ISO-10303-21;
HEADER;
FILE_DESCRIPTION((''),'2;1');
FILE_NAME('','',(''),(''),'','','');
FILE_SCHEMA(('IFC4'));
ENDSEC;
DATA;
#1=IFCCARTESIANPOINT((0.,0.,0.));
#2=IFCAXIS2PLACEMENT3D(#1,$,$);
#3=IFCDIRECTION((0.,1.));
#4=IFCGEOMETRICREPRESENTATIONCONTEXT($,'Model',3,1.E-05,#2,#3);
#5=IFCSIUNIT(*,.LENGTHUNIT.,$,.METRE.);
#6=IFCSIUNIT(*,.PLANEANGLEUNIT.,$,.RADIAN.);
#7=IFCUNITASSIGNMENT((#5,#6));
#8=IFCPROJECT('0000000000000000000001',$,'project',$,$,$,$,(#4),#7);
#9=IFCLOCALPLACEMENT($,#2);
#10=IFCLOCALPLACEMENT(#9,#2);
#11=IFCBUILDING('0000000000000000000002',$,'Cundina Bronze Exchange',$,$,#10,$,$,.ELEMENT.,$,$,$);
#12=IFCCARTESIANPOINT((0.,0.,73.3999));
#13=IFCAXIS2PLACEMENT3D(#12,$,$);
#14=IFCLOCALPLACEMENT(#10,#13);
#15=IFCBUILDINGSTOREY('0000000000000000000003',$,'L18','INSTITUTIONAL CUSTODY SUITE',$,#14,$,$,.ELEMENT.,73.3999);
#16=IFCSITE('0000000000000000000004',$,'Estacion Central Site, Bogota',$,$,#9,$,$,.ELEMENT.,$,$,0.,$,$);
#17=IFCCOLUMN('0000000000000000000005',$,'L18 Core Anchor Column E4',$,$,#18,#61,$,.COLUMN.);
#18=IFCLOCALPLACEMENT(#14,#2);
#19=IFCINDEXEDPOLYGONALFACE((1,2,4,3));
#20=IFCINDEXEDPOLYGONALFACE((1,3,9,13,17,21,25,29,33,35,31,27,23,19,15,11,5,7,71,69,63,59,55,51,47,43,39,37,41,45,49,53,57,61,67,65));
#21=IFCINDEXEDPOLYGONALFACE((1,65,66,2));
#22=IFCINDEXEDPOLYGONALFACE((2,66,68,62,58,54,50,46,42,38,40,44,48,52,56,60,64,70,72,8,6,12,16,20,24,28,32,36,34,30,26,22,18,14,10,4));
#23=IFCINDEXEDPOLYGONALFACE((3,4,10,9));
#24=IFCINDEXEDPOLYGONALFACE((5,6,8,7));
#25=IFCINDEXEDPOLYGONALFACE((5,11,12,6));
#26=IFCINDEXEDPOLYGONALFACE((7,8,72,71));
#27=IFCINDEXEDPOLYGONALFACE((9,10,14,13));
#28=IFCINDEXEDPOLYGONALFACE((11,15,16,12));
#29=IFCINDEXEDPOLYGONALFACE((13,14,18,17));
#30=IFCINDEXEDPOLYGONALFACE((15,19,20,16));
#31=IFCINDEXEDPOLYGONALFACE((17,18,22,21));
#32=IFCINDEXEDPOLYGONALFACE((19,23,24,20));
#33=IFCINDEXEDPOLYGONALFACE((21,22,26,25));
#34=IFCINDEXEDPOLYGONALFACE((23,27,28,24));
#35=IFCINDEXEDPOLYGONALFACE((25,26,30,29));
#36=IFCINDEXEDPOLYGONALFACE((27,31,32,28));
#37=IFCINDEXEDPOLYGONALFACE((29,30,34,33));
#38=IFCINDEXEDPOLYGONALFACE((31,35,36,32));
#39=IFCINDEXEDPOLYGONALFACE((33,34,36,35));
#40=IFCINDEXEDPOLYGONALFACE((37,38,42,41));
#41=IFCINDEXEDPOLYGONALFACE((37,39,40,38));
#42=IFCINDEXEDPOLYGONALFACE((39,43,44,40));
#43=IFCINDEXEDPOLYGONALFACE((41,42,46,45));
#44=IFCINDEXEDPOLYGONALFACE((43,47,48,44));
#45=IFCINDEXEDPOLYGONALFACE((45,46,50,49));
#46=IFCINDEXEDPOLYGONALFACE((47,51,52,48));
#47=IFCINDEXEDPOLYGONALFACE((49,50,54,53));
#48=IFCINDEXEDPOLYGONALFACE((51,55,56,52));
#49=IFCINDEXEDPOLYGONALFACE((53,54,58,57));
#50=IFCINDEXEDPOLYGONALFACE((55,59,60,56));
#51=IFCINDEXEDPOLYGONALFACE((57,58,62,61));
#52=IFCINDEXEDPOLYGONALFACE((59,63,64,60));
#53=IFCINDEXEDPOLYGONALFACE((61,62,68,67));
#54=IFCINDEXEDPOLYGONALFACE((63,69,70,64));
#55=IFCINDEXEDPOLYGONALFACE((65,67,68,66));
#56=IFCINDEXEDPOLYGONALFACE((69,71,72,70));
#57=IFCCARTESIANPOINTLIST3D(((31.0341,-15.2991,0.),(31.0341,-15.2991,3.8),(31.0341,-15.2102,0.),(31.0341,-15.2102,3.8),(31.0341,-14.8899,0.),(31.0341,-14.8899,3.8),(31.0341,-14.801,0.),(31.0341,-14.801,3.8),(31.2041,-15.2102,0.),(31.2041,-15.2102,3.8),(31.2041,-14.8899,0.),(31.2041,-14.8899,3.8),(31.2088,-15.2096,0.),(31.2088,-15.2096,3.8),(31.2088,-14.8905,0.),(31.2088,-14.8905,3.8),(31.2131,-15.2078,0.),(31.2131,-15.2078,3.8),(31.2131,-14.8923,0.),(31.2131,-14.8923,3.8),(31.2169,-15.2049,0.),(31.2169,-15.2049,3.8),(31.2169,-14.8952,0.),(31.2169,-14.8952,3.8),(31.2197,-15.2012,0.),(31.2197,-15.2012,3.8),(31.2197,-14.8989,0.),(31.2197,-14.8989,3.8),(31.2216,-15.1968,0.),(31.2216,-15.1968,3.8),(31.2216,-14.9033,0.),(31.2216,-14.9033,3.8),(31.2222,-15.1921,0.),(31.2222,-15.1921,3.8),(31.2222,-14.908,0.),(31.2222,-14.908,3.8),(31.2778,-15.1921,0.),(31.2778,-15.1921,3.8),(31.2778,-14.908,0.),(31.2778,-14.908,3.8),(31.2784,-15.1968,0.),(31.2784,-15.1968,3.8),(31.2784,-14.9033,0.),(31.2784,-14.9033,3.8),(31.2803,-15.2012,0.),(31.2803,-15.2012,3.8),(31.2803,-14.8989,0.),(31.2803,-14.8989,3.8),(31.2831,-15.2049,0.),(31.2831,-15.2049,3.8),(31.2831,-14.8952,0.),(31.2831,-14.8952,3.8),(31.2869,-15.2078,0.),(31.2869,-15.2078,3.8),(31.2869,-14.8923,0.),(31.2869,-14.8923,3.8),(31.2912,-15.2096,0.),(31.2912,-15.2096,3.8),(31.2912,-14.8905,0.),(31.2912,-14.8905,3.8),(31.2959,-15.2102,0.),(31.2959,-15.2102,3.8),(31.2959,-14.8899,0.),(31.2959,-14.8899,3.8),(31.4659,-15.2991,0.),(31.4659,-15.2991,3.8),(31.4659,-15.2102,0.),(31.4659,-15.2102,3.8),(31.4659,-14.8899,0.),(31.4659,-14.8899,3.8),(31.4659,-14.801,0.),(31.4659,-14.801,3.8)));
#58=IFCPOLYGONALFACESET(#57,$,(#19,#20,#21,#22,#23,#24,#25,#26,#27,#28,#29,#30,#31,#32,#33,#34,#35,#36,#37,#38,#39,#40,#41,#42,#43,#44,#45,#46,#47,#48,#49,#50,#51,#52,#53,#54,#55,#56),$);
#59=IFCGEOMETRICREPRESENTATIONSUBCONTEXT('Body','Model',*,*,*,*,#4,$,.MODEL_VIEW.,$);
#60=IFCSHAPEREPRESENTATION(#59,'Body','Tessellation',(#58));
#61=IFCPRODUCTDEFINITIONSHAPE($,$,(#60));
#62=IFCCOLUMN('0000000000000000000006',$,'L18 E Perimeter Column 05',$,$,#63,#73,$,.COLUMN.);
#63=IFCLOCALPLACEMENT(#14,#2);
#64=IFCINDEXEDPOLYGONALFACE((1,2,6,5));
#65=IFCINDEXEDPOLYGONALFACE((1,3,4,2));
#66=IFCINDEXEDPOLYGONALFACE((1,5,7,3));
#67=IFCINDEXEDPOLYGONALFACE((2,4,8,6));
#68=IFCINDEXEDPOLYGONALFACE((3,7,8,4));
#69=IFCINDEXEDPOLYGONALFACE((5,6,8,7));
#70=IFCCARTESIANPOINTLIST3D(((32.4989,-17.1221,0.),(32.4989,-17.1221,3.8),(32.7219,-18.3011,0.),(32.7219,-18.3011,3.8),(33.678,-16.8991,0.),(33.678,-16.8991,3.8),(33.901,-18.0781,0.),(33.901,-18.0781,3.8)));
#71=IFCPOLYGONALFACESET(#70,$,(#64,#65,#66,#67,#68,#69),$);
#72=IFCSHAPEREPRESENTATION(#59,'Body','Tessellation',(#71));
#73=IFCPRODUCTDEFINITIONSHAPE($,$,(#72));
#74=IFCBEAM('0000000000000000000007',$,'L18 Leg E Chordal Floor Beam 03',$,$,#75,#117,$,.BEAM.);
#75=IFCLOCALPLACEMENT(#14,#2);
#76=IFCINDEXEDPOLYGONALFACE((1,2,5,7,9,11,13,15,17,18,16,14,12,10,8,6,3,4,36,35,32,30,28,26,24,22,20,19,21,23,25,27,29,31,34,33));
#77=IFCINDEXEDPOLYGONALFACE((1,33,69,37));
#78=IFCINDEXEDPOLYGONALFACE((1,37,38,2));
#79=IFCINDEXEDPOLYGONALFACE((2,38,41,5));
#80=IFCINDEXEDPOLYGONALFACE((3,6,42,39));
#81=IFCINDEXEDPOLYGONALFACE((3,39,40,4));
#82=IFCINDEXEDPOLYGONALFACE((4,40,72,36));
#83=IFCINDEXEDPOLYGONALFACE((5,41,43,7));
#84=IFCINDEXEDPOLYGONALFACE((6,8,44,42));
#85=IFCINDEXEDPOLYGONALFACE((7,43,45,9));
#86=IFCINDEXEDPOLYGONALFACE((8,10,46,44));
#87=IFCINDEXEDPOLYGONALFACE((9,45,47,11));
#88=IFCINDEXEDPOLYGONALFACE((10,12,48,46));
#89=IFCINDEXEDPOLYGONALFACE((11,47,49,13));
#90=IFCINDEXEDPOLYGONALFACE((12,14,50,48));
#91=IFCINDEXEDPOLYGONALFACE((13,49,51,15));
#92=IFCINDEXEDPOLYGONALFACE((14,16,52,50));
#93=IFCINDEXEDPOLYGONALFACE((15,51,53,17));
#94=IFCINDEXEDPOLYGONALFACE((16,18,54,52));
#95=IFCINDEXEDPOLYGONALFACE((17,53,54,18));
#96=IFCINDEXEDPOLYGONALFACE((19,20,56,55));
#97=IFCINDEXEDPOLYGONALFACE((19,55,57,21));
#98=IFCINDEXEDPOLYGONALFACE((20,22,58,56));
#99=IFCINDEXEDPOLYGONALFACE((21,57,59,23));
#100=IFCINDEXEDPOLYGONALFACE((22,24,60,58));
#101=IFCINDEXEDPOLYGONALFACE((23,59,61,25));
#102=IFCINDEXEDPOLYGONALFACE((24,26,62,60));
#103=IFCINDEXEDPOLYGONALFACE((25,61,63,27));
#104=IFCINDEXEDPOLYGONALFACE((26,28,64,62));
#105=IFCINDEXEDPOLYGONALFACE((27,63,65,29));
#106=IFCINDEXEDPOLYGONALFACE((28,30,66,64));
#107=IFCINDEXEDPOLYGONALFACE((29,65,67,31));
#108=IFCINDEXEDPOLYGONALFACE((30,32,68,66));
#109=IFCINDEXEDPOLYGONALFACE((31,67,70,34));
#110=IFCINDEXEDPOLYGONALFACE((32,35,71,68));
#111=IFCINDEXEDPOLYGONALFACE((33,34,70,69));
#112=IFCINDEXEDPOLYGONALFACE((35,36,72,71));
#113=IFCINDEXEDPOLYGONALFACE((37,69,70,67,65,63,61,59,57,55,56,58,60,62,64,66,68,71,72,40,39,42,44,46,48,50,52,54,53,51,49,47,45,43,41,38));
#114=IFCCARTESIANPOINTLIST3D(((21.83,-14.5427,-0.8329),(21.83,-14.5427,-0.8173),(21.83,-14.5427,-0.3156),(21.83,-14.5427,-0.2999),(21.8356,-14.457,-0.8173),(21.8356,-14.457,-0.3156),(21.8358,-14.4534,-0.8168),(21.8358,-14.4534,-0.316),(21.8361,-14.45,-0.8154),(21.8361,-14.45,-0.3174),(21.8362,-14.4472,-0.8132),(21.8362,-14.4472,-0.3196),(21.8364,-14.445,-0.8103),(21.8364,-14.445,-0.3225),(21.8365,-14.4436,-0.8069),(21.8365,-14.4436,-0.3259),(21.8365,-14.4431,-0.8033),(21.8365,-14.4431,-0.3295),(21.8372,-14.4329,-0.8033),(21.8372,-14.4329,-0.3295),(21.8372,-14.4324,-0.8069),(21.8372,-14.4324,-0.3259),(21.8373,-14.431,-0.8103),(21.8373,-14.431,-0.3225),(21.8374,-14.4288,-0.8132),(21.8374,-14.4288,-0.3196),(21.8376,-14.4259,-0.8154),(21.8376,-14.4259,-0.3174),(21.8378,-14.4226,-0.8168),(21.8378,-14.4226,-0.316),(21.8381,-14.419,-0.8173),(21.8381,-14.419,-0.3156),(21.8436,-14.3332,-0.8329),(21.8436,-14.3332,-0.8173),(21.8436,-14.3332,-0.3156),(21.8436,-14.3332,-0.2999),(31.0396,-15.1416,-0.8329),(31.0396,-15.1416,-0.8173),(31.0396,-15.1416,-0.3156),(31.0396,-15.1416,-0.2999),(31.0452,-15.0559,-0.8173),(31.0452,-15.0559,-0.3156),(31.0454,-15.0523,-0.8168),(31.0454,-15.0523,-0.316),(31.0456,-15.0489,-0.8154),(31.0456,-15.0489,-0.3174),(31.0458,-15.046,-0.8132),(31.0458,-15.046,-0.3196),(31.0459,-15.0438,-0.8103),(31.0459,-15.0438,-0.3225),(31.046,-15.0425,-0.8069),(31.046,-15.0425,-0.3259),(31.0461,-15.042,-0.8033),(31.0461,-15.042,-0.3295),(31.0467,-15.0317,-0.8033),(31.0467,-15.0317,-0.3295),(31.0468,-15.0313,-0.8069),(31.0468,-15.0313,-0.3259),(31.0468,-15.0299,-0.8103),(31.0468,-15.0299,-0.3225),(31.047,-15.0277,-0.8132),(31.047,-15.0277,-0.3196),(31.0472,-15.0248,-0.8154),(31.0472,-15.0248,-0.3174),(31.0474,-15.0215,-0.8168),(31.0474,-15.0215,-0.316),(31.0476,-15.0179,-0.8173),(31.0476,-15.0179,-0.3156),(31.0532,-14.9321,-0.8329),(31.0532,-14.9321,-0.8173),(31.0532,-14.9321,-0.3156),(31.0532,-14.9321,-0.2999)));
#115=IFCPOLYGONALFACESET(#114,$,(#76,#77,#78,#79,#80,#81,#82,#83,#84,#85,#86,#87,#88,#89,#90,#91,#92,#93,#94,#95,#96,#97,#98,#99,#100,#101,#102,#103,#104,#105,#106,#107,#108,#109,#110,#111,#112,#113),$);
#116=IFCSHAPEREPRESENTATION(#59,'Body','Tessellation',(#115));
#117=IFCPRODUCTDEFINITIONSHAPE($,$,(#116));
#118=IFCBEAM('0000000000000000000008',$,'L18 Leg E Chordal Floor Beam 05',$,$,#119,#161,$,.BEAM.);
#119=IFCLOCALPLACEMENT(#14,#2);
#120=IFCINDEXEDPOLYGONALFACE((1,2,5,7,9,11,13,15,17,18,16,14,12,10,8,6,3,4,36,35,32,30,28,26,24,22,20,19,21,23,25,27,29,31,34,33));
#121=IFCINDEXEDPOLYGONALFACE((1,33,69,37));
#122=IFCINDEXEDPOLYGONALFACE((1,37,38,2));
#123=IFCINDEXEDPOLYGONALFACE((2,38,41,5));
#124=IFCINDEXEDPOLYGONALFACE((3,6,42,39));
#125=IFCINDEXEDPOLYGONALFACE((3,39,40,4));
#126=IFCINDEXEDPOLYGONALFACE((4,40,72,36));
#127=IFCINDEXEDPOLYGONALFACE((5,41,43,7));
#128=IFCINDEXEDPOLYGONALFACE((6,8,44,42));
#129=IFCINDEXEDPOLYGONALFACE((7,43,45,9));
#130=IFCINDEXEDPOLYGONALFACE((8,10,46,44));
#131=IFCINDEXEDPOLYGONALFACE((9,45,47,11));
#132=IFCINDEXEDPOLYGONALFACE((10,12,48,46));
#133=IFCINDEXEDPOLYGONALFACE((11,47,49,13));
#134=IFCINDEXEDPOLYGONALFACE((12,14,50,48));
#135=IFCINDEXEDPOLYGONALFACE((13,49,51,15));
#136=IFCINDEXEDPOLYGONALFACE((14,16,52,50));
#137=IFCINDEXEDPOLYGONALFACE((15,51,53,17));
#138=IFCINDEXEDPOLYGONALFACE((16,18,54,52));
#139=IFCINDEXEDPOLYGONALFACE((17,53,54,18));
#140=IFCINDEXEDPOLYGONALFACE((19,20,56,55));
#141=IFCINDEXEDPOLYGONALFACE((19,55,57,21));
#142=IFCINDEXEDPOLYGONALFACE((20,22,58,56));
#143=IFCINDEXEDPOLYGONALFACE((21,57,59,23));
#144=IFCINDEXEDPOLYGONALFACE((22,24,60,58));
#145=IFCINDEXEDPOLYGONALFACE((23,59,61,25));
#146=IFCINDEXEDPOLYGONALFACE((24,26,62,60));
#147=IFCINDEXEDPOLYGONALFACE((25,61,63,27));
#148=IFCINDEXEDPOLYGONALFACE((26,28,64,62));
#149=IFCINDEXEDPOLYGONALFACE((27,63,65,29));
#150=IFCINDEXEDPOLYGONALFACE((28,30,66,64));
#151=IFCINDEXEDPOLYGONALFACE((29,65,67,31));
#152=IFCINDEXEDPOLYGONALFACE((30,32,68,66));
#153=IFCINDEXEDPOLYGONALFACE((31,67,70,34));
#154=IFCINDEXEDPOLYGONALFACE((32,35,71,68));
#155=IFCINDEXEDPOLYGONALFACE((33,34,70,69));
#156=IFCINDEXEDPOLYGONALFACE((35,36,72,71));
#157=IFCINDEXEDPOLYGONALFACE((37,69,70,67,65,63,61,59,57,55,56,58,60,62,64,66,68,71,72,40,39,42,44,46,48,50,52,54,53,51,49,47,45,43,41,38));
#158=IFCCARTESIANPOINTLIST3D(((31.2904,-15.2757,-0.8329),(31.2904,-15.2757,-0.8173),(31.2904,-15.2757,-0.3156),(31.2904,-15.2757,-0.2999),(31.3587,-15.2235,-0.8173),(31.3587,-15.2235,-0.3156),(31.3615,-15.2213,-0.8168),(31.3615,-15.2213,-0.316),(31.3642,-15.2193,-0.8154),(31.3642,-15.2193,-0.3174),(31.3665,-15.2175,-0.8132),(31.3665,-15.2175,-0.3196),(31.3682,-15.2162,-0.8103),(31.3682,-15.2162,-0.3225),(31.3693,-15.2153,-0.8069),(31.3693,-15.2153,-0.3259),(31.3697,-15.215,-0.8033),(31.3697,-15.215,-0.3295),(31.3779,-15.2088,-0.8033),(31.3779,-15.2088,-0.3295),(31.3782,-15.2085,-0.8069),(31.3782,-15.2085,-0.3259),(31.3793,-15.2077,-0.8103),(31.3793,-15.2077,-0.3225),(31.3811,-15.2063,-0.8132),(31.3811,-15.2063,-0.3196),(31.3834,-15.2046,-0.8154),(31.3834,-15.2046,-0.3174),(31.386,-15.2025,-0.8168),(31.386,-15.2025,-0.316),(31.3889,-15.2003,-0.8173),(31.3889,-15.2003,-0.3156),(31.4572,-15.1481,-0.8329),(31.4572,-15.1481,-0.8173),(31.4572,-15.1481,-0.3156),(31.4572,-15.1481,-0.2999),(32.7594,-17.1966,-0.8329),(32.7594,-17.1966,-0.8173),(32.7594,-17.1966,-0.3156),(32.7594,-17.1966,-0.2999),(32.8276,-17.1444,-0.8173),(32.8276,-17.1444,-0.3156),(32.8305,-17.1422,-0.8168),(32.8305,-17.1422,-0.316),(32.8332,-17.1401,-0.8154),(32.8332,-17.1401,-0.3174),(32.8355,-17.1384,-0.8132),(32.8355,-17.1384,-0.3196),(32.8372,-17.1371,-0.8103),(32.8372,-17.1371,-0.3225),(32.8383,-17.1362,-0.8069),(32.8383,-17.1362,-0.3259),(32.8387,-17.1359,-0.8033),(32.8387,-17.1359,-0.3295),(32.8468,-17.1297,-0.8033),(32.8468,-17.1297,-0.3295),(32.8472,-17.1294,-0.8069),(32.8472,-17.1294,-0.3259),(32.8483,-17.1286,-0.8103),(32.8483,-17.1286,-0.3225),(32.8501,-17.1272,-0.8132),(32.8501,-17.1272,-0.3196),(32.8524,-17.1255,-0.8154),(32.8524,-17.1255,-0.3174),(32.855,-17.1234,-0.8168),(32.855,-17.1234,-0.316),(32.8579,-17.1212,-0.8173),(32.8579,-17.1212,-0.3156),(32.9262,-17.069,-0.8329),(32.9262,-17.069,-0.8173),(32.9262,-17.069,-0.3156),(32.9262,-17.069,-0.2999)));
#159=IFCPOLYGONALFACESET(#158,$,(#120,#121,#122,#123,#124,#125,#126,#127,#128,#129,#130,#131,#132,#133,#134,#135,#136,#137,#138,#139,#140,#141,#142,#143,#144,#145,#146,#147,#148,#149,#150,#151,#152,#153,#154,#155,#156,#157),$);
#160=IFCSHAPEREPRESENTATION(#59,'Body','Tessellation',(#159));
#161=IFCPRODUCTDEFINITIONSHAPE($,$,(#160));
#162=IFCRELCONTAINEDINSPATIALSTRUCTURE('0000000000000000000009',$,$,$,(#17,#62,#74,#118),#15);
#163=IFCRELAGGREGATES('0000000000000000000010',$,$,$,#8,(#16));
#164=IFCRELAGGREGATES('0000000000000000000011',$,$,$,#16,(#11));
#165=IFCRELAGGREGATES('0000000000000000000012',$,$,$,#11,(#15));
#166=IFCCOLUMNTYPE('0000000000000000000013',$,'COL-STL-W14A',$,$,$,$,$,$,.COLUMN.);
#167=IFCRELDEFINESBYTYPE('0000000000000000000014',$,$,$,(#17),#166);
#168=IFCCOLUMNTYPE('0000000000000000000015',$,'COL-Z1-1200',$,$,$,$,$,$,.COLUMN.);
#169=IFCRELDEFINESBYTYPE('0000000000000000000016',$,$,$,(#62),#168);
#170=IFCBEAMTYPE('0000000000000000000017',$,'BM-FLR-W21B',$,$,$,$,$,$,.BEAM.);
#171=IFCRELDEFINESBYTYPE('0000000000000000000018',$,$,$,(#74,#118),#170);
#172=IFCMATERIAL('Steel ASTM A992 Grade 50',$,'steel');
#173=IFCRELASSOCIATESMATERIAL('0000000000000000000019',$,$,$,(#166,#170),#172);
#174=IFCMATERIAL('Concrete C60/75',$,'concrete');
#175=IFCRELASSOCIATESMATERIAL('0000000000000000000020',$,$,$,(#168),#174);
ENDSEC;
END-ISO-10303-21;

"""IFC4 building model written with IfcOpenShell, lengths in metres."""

from ifc_helpers import new_model, si_unit, direction, frame, origin, origin_2d, place, context, subcontext, project, spatial, rectangle, i_section, extrude, material, material_profile, profile_set, type_object, element, save


model = new_model("IFC4")

# Units and contexts
model_context = context("Model", 3, precision=1e-05, world=origin(), true_north=direction((0.0, 1.0)))
body_context = subcontext(model_context, "Body", "Model", "MODEL_VIEW")
ifc_project = project(units=[si_unit("LENGTHUNIT", "METRE"), si_unit("PLANEANGLEUNIT", "RADIAN")], contexts=[model_context])

# Site, building, storey
site_placement = place(None, origin())
site = spatial("IfcSite", under=ifc_project, at=site_placement, Name="Estacion Central Site, Bogota", CompositionType="ELEMENT", RefElevation=0.0)
building_placement = place(site_placement, origin())
building = spatial("IfcBuilding", under=site, at=building_placement, Name="Cundina Bronze Exchange", CompositionType="ELEMENT")
storey_placement = place(building_placement, frame((0.0, 0.0, 73.3999)))
storey = spatial("IfcBuildingStorey", under=building, at=storey_placement, Name="L18", Description="INSTITUTIONAL CUSTODY SUITE", CompositionType="ELEMENT", Elevation=73.3999)

# Columns
ifc_material_1 = material(Name="Steel ASTM A992 Grade 50", Category="steel")
ifc_material_profile_1 = material_profile(ifc_material_1, i_section(OverallWidth=0.4319, OverallDepth=0.498, WebThickness=0.0557, FlangeThickness=0.0889, FilletRadius=0.0181, at=origin_2d()), Name="W14X500", Category="steel")
ifc_profile_set_1 = profile_set([ifc_material_profile_1], Name="Steel ASTM A992 Grade 50")
column_type_1 = type_object("IfcColumnType", Name="COL-STL-W14A", PredefinedType="COLUMN", material=ifc_profile_set_1)
column_1_placement = place(storey_placement, frame((31.25, -15.05, 0.0), z_axis=(0.0, 0.0, 1.0), x_axis=(1.0, 0.0, 0.0)))
element("IfcColumn", 1, at=column_1_placement, inside=storey, type_object=column_type_1, Name="L18 Core Anchor Column E4", PredefinedType="COLUMN", context=body_context, shape_type="SweptSolid", body=[
    extrude(i_section(OverallWidth=0.4319, OverallDepth=0.498, WebThickness=0.0557, FlangeThickness=0.0889, FilletRadius=0.0181, at=origin_2d()), origin(), (0.0, 0.0, 1.0), 3.8),
])
ifc_material_2 = material(Name="Concrete C60/75", Category="concrete")
ifc_material_profile_2 = material_profile(ifc_material_2, rectangle(XDim=1.2, YDim=1.2, at=origin_2d()), Name="RC1200X1200", Category="concrete")
ifc_profile_set_2 = profile_set([ifc_material_profile_2], Name="Concrete C60/75")
column_type_2 = type_object("IfcColumnType", Name="COL-Z1-1200", PredefinedType="COLUMN", material=ifc_profile_set_2)
column_2_placement = place(storey_placement, frame((33.2, -17.6001, 0.0), z_axis=(0.0, 0.0, 1.0), x_axis=(0.98258, 0.185838, 0.0)))
element("IfcColumn", 2, at=column_2_placement, inside=storey, type_object=column_type_2, Name="L18 E Perimeter Column 05", PredefinedType="COLUMN", context=body_context, shape_type="SweptSolid", body=[
    extrude(rectangle(XDim=1.2, YDim=1.2, at=origin_2d()), origin(), (0.0, 0.0, 1.0), 3.8),
])

# Beams
ifc_material_profile_3 = material_profile(ifc_material_1, i_section(OverallWidth=0.21, OverallDepth=0.533, WebThickness=0.0103, FlangeThickness=0.0156, FilletRadius=0.0139, at=origin_2d()), Name="W21X62", Category="steel")
ifc_profile_set_3 = profile_set([ifc_material_profile_3], Name="Steel ASTM A992 Grade 50")
beam_type_1 = type_object("IfcBeamType", Name="BM-FLR-W21B", PredefinedType="BEAM", material=ifc_profile_set_3)
beam_1_placement = place(storey_placement, frame((31.0464, -15.0369, -0.5664), z_axis=(-0.997892, 0.064891, 0.0), x_axis=(-0.064891, -0.997892, 0.0)))
element("IfcBeam", 3, at=beam_1_placement, inside=storey, type_object=beam_type_1, Name="L18 Leg E Chordal Floor Beam 03", PredefinedType="BEAM", context=body_context, shape_type="SweptSolid", body=[
    extrude(i_section(OverallWidth=0.21, OverallDepth=0.533, WebThickness=0.0103, FlangeThickness=0.0156, FilletRadius=0.0139, at=origin_2d()), origin(), (0.0, 0.0, 1.0), 9.229),
])
beam_2_placement = place(storey_placement, frame((31.3738, -15.2119, -0.5664), z_axis=(0.607469, -0.794344, 0.0), x_axis=(0.794344, 0.607469, 0.0)))
element("IfcBeam", 4, at=beam_2_placement, inside=storey, type_object=beam_type_1, Name="L18 Leg E Chordal Floor Beam 05", PredefinedType="BEAM", context=body_context, shape_type="SweptSolid", body=[
    extrude(i_section(OverallWidth=0.21, OverallDepth=0.533, WebThickness=0.0103, FlangeThickness=0.0156, FilletRadius=0.0139, at=origin_2d()), origin(), (0.0, 0.0, 1.0), 2.4182),
])

save(model, "model.ifc")
